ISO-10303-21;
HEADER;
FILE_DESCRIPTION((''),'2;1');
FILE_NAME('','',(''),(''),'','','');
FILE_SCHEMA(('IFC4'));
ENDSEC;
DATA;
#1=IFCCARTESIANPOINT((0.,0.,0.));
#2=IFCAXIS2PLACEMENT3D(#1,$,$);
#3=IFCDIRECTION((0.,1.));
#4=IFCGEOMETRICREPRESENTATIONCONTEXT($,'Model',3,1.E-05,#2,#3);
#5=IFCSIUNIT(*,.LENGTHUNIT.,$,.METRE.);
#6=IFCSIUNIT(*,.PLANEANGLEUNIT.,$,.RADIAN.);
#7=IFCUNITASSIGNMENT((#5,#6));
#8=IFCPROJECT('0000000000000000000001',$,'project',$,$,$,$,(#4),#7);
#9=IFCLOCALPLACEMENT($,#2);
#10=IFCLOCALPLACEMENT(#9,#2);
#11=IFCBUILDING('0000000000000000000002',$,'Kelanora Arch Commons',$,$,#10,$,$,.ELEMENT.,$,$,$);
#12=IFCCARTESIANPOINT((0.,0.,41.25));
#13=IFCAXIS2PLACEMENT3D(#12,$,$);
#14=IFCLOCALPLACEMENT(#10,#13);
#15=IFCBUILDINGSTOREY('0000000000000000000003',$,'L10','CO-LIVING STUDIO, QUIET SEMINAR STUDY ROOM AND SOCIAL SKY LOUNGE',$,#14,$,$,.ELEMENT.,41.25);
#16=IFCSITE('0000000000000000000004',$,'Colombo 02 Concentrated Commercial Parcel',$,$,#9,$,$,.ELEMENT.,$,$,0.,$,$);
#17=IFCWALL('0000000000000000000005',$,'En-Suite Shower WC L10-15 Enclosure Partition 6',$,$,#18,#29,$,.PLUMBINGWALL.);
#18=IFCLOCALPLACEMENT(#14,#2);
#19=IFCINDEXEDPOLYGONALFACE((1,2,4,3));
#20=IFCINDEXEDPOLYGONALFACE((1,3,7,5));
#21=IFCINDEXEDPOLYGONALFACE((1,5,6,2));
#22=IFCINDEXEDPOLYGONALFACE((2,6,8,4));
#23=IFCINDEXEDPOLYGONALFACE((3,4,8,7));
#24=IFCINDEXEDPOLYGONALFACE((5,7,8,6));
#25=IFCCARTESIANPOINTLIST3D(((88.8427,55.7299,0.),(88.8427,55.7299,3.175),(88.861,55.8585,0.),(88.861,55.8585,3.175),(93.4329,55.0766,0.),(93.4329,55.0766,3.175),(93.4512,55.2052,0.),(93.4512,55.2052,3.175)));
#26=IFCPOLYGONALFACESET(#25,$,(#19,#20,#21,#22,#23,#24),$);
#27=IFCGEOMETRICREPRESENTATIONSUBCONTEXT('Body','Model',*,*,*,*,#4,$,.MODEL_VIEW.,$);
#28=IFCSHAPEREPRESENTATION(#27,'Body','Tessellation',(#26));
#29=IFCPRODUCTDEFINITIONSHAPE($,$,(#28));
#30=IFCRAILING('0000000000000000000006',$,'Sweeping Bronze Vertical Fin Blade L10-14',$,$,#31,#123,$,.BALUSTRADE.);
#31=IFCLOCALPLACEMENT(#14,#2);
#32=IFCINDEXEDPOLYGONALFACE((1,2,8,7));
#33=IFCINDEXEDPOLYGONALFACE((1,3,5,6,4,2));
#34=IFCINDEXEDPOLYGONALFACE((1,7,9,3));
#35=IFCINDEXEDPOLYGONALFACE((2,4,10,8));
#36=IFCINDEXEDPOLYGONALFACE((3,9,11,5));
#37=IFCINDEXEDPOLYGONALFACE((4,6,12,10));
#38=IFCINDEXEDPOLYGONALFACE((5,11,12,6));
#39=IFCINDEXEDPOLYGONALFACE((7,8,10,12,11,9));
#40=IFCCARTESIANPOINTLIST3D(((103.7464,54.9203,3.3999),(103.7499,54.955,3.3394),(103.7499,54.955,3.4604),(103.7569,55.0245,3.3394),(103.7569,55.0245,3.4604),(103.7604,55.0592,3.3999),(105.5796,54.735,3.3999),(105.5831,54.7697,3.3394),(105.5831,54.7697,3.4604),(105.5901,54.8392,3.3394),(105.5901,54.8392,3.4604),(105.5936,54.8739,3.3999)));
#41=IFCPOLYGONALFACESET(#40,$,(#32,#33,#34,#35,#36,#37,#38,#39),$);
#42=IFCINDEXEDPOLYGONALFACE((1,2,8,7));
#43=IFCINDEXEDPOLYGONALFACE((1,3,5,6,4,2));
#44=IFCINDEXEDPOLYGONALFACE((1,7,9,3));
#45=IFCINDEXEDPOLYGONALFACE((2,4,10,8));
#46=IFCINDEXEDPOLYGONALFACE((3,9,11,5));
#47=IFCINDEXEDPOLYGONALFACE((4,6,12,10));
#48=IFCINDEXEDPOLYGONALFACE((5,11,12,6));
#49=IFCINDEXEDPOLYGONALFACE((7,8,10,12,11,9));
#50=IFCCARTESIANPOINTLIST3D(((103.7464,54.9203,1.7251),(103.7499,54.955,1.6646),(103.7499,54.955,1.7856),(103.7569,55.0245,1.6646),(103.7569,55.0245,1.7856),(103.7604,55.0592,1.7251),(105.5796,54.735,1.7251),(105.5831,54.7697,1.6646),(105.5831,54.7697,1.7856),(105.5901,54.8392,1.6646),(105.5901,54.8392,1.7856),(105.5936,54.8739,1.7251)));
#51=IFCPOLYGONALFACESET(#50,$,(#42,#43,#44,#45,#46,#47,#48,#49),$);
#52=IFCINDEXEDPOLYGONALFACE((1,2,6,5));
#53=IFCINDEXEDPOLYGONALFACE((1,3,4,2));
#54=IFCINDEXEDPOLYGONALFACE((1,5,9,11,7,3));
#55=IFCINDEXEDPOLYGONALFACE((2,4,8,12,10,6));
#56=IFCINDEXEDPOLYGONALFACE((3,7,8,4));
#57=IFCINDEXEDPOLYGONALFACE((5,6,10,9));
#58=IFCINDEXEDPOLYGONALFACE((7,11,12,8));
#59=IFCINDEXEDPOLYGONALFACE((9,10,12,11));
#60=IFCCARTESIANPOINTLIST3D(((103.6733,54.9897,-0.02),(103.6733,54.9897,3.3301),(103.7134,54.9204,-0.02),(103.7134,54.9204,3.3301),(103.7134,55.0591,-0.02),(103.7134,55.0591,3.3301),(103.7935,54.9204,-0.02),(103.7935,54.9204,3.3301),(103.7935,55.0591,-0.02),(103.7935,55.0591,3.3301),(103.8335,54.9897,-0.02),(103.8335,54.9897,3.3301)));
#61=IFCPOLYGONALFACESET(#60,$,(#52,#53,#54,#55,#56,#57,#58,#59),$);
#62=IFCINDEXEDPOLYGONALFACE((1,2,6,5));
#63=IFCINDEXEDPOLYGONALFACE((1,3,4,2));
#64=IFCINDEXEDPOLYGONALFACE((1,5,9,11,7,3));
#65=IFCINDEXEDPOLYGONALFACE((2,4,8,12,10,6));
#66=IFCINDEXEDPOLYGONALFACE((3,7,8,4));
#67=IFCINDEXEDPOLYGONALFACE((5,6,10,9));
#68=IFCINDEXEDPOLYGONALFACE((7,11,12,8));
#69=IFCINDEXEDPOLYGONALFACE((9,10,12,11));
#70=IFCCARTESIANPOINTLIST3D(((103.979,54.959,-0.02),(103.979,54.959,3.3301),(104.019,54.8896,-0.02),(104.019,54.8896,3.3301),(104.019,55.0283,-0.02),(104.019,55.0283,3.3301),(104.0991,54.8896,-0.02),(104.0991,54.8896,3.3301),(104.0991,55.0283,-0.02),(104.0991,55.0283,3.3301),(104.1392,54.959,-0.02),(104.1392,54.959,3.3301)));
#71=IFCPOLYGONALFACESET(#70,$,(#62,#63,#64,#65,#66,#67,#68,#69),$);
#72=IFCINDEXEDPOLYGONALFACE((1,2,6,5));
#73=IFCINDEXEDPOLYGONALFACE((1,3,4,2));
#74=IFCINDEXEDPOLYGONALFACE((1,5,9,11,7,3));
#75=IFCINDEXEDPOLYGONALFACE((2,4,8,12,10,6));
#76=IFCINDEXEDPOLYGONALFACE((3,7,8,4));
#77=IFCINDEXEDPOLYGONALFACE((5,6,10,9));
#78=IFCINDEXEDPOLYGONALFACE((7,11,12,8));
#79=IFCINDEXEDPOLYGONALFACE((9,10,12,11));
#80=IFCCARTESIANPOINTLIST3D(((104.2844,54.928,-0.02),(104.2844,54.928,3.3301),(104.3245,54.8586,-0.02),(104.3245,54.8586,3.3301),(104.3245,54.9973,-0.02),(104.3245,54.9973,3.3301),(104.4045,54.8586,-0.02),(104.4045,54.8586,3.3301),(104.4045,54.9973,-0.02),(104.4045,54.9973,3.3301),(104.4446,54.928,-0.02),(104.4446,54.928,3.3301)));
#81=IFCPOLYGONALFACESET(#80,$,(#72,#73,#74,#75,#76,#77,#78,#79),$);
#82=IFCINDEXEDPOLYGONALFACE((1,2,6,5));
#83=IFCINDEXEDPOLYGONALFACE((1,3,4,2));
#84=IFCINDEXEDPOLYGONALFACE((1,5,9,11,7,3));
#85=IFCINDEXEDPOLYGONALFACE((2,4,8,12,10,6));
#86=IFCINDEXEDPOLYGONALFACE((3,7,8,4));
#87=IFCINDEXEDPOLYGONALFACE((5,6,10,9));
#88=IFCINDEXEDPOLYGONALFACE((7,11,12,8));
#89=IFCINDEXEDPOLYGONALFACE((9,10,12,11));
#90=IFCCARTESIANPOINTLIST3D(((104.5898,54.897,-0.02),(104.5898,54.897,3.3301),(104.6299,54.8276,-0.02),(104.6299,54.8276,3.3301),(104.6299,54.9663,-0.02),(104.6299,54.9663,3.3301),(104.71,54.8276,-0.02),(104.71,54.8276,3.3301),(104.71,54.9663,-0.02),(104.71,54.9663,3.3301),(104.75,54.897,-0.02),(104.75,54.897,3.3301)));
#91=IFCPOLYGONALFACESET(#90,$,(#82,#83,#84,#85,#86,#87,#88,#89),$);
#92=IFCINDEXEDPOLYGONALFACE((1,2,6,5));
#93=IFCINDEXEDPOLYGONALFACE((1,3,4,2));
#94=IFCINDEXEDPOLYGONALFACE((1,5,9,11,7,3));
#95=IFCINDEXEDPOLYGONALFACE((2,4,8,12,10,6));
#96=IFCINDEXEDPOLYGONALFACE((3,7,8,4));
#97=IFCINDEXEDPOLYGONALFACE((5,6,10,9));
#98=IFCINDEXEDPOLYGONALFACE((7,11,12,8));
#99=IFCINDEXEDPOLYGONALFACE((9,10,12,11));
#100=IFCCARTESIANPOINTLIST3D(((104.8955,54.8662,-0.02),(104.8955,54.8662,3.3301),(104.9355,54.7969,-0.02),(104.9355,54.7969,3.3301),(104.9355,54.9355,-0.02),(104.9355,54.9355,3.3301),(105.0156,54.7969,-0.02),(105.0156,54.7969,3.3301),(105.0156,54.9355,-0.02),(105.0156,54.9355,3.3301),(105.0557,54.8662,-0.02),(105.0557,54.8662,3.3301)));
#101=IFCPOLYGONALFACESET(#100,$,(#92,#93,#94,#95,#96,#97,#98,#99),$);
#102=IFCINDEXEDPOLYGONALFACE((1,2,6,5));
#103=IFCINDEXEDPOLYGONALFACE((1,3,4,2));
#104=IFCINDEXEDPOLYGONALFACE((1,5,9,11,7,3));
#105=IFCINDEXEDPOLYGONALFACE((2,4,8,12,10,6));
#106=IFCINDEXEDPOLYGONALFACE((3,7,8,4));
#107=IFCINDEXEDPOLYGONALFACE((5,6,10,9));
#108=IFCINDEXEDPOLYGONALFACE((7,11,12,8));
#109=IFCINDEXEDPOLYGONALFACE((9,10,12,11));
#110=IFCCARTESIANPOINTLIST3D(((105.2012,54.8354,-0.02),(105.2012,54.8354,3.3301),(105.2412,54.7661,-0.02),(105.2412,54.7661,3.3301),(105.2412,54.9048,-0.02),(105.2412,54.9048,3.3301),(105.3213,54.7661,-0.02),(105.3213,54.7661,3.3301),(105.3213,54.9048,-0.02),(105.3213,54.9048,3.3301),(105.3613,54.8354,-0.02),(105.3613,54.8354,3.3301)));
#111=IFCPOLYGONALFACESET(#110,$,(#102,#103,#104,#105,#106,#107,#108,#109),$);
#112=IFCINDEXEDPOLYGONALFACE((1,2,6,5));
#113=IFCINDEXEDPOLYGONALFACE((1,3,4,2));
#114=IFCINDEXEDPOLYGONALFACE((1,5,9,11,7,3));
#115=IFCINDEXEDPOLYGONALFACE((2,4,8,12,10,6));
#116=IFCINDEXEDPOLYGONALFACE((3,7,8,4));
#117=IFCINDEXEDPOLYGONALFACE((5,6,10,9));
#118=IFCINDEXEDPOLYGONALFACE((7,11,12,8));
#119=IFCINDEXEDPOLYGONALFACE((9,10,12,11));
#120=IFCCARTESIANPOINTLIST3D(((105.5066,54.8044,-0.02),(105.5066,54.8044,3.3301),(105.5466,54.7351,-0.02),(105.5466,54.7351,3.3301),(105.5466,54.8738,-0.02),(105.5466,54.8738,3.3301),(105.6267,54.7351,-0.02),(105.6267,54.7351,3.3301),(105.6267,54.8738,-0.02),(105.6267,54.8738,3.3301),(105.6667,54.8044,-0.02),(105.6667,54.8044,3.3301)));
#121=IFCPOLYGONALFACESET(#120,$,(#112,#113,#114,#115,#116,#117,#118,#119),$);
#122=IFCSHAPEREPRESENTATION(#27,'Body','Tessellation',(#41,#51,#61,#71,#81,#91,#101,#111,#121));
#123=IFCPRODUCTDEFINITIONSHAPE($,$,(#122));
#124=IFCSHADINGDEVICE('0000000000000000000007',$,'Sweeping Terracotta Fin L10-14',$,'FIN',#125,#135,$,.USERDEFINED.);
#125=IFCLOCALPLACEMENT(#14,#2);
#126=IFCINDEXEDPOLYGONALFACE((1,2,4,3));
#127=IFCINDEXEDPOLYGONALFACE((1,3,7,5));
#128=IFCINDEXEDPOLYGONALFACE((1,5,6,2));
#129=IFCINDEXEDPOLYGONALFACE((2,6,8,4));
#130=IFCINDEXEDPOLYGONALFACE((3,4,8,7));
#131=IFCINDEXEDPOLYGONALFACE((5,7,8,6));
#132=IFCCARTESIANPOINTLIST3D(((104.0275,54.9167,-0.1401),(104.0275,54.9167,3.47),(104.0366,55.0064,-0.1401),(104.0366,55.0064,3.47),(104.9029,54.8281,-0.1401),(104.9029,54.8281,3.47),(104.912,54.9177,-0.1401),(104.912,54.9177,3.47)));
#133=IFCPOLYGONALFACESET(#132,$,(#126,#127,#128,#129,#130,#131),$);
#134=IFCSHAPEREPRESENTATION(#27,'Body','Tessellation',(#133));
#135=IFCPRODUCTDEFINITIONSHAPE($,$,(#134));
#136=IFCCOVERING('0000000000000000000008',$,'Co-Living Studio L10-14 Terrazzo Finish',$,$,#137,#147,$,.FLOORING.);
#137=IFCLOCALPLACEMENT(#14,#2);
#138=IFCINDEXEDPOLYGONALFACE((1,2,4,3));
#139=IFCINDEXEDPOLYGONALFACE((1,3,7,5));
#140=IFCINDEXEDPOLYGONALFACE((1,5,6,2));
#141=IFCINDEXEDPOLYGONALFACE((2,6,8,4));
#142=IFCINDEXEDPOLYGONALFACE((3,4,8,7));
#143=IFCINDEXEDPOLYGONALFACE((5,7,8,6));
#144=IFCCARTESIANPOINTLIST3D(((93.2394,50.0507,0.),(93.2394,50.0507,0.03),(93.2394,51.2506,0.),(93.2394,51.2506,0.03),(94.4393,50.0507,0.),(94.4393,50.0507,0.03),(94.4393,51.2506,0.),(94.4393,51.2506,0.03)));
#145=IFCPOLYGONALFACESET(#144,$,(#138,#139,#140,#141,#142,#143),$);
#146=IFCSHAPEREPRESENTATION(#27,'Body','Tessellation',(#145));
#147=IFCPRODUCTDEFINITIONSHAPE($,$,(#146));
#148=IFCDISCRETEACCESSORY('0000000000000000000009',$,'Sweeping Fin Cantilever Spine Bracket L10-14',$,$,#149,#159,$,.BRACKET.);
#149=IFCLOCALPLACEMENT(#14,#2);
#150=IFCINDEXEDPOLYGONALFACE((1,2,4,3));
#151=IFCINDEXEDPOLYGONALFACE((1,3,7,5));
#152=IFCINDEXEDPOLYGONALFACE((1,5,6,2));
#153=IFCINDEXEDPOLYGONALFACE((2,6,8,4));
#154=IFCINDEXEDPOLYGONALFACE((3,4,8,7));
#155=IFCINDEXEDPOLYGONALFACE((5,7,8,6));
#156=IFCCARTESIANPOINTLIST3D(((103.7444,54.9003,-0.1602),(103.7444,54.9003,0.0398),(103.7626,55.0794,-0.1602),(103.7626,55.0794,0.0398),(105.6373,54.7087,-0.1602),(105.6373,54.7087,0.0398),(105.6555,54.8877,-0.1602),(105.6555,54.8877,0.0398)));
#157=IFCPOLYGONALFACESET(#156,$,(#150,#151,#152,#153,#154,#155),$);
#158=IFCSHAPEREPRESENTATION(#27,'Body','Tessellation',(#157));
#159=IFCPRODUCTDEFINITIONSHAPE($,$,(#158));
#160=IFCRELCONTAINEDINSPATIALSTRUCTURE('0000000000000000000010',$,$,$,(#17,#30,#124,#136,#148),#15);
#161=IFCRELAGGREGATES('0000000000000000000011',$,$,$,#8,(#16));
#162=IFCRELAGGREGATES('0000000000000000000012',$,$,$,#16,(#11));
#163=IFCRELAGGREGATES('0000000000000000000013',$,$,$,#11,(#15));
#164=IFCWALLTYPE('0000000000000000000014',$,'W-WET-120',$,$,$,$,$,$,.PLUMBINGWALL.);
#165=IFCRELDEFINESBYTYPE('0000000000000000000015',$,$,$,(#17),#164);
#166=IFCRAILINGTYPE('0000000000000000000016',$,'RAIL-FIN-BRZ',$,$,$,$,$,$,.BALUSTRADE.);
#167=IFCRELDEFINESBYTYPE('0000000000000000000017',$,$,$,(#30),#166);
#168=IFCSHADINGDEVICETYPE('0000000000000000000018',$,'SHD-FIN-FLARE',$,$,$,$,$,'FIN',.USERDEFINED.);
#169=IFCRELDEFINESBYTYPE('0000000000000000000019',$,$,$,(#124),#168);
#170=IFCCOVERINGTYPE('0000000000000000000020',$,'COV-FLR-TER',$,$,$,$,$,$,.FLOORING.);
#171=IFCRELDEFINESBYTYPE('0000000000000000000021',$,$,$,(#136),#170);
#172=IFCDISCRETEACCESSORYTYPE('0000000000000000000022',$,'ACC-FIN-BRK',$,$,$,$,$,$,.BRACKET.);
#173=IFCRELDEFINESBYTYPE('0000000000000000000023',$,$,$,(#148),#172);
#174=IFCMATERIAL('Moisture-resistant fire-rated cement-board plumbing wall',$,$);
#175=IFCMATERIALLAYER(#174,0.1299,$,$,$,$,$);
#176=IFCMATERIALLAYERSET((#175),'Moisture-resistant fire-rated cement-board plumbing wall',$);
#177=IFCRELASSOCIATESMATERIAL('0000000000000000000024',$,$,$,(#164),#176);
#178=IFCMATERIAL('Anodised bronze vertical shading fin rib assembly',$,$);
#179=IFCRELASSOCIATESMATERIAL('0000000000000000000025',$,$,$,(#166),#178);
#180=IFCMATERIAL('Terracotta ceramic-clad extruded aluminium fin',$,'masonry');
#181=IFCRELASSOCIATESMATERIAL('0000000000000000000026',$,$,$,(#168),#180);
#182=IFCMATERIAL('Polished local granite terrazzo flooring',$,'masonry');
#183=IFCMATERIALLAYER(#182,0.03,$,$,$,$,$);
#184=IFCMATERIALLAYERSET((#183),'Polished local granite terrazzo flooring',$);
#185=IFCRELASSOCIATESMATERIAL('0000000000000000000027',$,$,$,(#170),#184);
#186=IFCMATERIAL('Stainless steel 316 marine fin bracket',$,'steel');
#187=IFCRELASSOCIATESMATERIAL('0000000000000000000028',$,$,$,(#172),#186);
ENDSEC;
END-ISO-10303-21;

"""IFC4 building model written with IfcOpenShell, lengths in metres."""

from ifc_helpers import new_model, si_unit, direction, frame, frame_2d, origin, origin_2d, place, context, subcontext, project, spatial, polyline, rectangle, outline, extrude, source, transform, mapped, material, layer, layer_set, type_object, element, save


model = new_model("IFC4")

# Units and contexts
model_context = context("Model", 3, precision=1e-05, world=origin(), true_north=direction((0.0, 1.0)))
body_context = subcontext(model_context, "Body", "Model", "MODEL_VIEW")
ifc_project = project(units=[si_unit("LENGTHUNIT", "METRE"), si_unit("PLANEANGLEUNIT", "RADIAN")], contexts=[model_context])

# Site, building, storey
site_placement = place(None, origin())
site = spatial("IfcSite", under=ifc_project, at=site_placement, Name="Colombo 02 Concentrated Commercial Parcel", CompositionType="ELEMENT", RefElevation=0.0)
building_placement = place(site_placement, origin())
building = spatial("IfcBuilding", under=site, at=building_placement, Name="Kelanora Arch Commons", CompositionType="ELEMENT")
storey_placement = place(building_placement, frame((0.0, 0.0, 41.25)))
storey = spatial("IfcBuildingStorey", under=building, at=storey_placement, Name="L10", Description="CO-LIVING STUDIO, QUIET SEMINAR STUDY ROOM AND SOCIAL SKY LOUNGE", CompositionType="ELEMENT", Elevation=41.25)

# Shared definitions
ifc_material_1 = material(Name="Moisture-resistant fire-rated cement-board plumbing wall")
ifc_layer_1 = layer(ifc_material_1, 0.1299)
ifc_layer_set_1 = layer_set([ifc_layer_1], Name="Moisture-resistant fire-rated cement-board plumbing wall")
wall_type_1 = type_object("IfcWallType", Name="W-WET-120", PredefinedType="PLUMBINGWALL", material=ifc_layer_set_1)

# Wall
wall_1_placement = place(storey_placement, frame((93.4421, 55.1409, 0.0), z_axis=(0.0, 0.0, 1.0), x_axis=(-0.990023, 0.140905, 0.0)))
element("IfcWall", 1, at=wall_1_placement, inside=storey, type_object=wall_type_1, Name="En-Suite Shower WC L10-15 Enclosure Partition 6", PredefinedType="PLUMBINGWALL", context=body_context, shape_type="SweptSolid", body=[
    extrude(rectangle(XDim=4.6365, YDim=0.1299, at=frame_2d((2.3184, 0.0))), origin(), (0.0, 0.0, 1.0), 3.175),
])

# Railing
ifc_material_2 = material(Name="Anodised bronze vertical shading fin rib assembly")
railing_type_1 = type_object("IfcRailingType", Name="RAIL-FIN-BRZ", PredefinedType="BALUSTRADE", material=ifc_material_2)
railing_1_placement = place(storey_placement, frame((103.7534, 54.9897, -0.02)))
element("IfcRailing", 2, at=railing_1_placement, inside=storey, type_object=railing_type_1, Name="Sweeping Bronze Vertical Fin Blade L10-14", PredefinedType="BALUSTRADE", context=body_context, shape_type="SweptSolid", body=[
    extrude(outline(polyline([(0.0698, 0.0), (0.0349, 0.0605), (-0.0349, 0.0605), (-0.0698, 0.0), (-0.0349, -0.0605), (0.0349, -0.0605), (0.0698, 0.0)])), frame((0.0, 0.0, 3.4199), z_axis=(0.99493, -0.100566, 0.0), x_axis=(0.100566, 0.99493, 0.0)), (0.0, 0.0, 1.0), 1.8425),
    extrude(outline(polyline([(0.0698, 0.0), (0.0349, 0.0605), (-0.0349, 0.0605), (-0.0698, 0.0), (-0.0349, -0.0605), (0.0349, -0.0605), (0.0698, 0.0)])), frame((0.0, 0.0, 1.7451), z_axis=(0.99493, -0.100566, 0.0), x_axis=(0.100566, 0.99493, 0.0)), (0.0, 0.0, 1.0), 1.8425),
    extrude(outline(polyline([(0.0801, 0.0), (0.04, 0.0693), (-0.04, 0.0693), (-0.0801, 0.0), (-0.04, -0.0693), (0.04, -0.0693), (0.0801, 0.0)])), origin(), (0.0, 0.0, 1.0), 3.3501),
    extrude(outline(polyline([(0.0801, 0.0), (0.04, 0.0693), (-0.04, 0.0693), (-0.0801, 0.0), (-0.04, -0.0693), (0.04, -0.0693), (0.0801, 0.0)])), frame((0.3057, -0.0308, 0.0)), (0.0, 0.0, 1.0), 3.3501),
    extrude(outline(polyline([(0.0801, 0.0), (0.04, 0.0693), (-0.04, 0.0693), (-0.0801, 0.0), (-0.04, -0.0693), (0.04, -0.0693), (0.0801, 0.0)])), frame((0.6111, -0.0618, 0.0)), (0.0, 0.0, 1.0), 3.3501),
    extrude(outline(polyline([(0.0801, 0.0), (0.04, 0.0693), (-0.04, 0.0693), (-0.0801, 0.0), (-0.04, -0.0693), (0.04, -0.0693), (0.0801, 0.0)])), frame((0.9165, -0.0928, 0.0)), (0.0, 0.0, 1.0), 3.3501),
    extrude(outline(polyline([(0.0801, 0.0), (0.04, 0.0693), (-0.04, 0.0693), (-0.0801, 0.0), (-0.04, -0.0693), (0.04, -0.0693), (0.0801, 0.0)])), frame((1.2222, -0.1235, 0.0)), (0.0, 0.0, 1.0), 3.3501),
    extrude(outline(polyline([(0.0801, 0.0), (0.04, 0.0693), (-0.04, 0.0693), (-0.0801, 0.0), (-0.04, -0.0693), (0.04, -0.0693), (0.0801, 0.0)])), frame((1.5278, -0.1543, 0.0)), (0.0, 0.0, 1.0), 3.3501),
    extrude(outline(polyline([(0.0801, 0.0), (0.04, 0.0693), (-0.04, 0.0693), (-0.0801, 0.0), (-0.04, -0.0693), (0.04, -0.0693), (0.0801, 0.0)])), frame((1.8333, -0.1853, 0.0)), (0.0, 0.0, 1.0), 3.3501),
])

# Shading device
ifc_material_3 = material(Name="Terracotta ceramic-clad extruded aluminium fin", Category="masonry")
shading_device_type = type_object("IfcShadingDeviceType", Name="SHD-FIN-FLARE", ElementType="FIN", PredefinedType="USERDEFINED", material=ifc_material_3)
shared_shape_1 = source(origin(), body_context, "Body", "SweptSolid", [
    extrude(rectangle(XDim=0.8799, YDim=0.0901, at=origin_2d()), origin(), (0.0, 0.0, 1.0), 3.6101),
])
shading_device_placement = place(storey_placement, frame((104.4697, 54.9172, -0.1401), z_axis=(0.0, 0.0, 1.0), x_axis=(0.994916, -0.100709, 0.0)))
element("IfcShadingDevice", 3, at=shading_device_placement, inside=storey, type_object=shading_device_type, Name="Sweeping Terracotta Fin L10-14", ObjectType="FIN", PredefinedType="USERDEFINED", context=body_context, shape_type="MappedRepresentation", body=[
    mapped(shared_shape_1, transform((0.0, 0.0, 0.0), scale=1.0)),
])

# Covering
ifc_material_4 = material(Name="Polished local granite terrazzo flooring", Category="masonry")
ifc_layer_2 = layer(ifc_material_4, 0.03)
ifc_layer_set_2 = layer_set([ifc_layer_2], Name="Polished local granite terrazzo flooring")
covering_type = type_object("IfcCoveringType", Name="COV-FLR-TER", PredefinedType="FLOORING", material=ifc_layer_set_2)
shared_shape_2 = source(origin(), body_context, "Body", "SweptSolid", [
    extrude(rectangle(XDim=1.2, YDim=1.2, at=origin_2d()), origin(), (0.0, 0.0, 1.0), 0.03),
])
covering_placement = place(storey_placement, frame((93.8394, 50.6506, 0.0), z_axis=(0.0, 0.0, 1.0), x_axis=(1.0, 0.0, 0.0)))
element("IfcCovering", 4, at=covering_placement, inside=storey, type_object=covering_type, Name="Co-Living Studio L10-14 Terrazzo Finish", PredefinedType="FLOORING", context=body_context, shape_type="MappedRepresentation", body=[
    mapped(shared_shape_2, transform((0.0, 0.0, 0.0), scale=1.0)),
])

# Discrete accessory
ifc_material_5 = material(Name="Stainless steel 316 marine fin bracket", Category="steel")
discrete_accessory_type = type_object("IfcDiscreteAccessoryType", Name="ACC-FIN-BRK", PredefinedType="BRACKET", material=ifc_material_5)
shared_shape_3 = source(origin(), body_context, "Body", "SweptSolid", [
    extrude(rectangle(XDim=1.9026, YDim=0.1799, at=origin_2d()), origin(), (0.0, 0.0, 1.0), 0.2),
])
discrete_accessory_placement = place(storey_placement, frame((104.7, 54.894, -0.1602), z_axis=(0.0, 0.0, 1.0), x_axis=(0.994916, -0.100709, 0.0)))
element("IfcDiscreteAccessory", 5, at=discrete_accessory_placement, inside=storey, type_object=discrete_accessory_type, Name="Sweeping Fin Cantilever Spine Bracket L10-14", PredefinedType="BRACKET", context=body_context, shape_type="MappedRepresentation", body=[
    mapped(shared_shape_3, transform((0.0, 0.0, 0.0), scale=1.0)),
])

save(model, "model.ifc")
